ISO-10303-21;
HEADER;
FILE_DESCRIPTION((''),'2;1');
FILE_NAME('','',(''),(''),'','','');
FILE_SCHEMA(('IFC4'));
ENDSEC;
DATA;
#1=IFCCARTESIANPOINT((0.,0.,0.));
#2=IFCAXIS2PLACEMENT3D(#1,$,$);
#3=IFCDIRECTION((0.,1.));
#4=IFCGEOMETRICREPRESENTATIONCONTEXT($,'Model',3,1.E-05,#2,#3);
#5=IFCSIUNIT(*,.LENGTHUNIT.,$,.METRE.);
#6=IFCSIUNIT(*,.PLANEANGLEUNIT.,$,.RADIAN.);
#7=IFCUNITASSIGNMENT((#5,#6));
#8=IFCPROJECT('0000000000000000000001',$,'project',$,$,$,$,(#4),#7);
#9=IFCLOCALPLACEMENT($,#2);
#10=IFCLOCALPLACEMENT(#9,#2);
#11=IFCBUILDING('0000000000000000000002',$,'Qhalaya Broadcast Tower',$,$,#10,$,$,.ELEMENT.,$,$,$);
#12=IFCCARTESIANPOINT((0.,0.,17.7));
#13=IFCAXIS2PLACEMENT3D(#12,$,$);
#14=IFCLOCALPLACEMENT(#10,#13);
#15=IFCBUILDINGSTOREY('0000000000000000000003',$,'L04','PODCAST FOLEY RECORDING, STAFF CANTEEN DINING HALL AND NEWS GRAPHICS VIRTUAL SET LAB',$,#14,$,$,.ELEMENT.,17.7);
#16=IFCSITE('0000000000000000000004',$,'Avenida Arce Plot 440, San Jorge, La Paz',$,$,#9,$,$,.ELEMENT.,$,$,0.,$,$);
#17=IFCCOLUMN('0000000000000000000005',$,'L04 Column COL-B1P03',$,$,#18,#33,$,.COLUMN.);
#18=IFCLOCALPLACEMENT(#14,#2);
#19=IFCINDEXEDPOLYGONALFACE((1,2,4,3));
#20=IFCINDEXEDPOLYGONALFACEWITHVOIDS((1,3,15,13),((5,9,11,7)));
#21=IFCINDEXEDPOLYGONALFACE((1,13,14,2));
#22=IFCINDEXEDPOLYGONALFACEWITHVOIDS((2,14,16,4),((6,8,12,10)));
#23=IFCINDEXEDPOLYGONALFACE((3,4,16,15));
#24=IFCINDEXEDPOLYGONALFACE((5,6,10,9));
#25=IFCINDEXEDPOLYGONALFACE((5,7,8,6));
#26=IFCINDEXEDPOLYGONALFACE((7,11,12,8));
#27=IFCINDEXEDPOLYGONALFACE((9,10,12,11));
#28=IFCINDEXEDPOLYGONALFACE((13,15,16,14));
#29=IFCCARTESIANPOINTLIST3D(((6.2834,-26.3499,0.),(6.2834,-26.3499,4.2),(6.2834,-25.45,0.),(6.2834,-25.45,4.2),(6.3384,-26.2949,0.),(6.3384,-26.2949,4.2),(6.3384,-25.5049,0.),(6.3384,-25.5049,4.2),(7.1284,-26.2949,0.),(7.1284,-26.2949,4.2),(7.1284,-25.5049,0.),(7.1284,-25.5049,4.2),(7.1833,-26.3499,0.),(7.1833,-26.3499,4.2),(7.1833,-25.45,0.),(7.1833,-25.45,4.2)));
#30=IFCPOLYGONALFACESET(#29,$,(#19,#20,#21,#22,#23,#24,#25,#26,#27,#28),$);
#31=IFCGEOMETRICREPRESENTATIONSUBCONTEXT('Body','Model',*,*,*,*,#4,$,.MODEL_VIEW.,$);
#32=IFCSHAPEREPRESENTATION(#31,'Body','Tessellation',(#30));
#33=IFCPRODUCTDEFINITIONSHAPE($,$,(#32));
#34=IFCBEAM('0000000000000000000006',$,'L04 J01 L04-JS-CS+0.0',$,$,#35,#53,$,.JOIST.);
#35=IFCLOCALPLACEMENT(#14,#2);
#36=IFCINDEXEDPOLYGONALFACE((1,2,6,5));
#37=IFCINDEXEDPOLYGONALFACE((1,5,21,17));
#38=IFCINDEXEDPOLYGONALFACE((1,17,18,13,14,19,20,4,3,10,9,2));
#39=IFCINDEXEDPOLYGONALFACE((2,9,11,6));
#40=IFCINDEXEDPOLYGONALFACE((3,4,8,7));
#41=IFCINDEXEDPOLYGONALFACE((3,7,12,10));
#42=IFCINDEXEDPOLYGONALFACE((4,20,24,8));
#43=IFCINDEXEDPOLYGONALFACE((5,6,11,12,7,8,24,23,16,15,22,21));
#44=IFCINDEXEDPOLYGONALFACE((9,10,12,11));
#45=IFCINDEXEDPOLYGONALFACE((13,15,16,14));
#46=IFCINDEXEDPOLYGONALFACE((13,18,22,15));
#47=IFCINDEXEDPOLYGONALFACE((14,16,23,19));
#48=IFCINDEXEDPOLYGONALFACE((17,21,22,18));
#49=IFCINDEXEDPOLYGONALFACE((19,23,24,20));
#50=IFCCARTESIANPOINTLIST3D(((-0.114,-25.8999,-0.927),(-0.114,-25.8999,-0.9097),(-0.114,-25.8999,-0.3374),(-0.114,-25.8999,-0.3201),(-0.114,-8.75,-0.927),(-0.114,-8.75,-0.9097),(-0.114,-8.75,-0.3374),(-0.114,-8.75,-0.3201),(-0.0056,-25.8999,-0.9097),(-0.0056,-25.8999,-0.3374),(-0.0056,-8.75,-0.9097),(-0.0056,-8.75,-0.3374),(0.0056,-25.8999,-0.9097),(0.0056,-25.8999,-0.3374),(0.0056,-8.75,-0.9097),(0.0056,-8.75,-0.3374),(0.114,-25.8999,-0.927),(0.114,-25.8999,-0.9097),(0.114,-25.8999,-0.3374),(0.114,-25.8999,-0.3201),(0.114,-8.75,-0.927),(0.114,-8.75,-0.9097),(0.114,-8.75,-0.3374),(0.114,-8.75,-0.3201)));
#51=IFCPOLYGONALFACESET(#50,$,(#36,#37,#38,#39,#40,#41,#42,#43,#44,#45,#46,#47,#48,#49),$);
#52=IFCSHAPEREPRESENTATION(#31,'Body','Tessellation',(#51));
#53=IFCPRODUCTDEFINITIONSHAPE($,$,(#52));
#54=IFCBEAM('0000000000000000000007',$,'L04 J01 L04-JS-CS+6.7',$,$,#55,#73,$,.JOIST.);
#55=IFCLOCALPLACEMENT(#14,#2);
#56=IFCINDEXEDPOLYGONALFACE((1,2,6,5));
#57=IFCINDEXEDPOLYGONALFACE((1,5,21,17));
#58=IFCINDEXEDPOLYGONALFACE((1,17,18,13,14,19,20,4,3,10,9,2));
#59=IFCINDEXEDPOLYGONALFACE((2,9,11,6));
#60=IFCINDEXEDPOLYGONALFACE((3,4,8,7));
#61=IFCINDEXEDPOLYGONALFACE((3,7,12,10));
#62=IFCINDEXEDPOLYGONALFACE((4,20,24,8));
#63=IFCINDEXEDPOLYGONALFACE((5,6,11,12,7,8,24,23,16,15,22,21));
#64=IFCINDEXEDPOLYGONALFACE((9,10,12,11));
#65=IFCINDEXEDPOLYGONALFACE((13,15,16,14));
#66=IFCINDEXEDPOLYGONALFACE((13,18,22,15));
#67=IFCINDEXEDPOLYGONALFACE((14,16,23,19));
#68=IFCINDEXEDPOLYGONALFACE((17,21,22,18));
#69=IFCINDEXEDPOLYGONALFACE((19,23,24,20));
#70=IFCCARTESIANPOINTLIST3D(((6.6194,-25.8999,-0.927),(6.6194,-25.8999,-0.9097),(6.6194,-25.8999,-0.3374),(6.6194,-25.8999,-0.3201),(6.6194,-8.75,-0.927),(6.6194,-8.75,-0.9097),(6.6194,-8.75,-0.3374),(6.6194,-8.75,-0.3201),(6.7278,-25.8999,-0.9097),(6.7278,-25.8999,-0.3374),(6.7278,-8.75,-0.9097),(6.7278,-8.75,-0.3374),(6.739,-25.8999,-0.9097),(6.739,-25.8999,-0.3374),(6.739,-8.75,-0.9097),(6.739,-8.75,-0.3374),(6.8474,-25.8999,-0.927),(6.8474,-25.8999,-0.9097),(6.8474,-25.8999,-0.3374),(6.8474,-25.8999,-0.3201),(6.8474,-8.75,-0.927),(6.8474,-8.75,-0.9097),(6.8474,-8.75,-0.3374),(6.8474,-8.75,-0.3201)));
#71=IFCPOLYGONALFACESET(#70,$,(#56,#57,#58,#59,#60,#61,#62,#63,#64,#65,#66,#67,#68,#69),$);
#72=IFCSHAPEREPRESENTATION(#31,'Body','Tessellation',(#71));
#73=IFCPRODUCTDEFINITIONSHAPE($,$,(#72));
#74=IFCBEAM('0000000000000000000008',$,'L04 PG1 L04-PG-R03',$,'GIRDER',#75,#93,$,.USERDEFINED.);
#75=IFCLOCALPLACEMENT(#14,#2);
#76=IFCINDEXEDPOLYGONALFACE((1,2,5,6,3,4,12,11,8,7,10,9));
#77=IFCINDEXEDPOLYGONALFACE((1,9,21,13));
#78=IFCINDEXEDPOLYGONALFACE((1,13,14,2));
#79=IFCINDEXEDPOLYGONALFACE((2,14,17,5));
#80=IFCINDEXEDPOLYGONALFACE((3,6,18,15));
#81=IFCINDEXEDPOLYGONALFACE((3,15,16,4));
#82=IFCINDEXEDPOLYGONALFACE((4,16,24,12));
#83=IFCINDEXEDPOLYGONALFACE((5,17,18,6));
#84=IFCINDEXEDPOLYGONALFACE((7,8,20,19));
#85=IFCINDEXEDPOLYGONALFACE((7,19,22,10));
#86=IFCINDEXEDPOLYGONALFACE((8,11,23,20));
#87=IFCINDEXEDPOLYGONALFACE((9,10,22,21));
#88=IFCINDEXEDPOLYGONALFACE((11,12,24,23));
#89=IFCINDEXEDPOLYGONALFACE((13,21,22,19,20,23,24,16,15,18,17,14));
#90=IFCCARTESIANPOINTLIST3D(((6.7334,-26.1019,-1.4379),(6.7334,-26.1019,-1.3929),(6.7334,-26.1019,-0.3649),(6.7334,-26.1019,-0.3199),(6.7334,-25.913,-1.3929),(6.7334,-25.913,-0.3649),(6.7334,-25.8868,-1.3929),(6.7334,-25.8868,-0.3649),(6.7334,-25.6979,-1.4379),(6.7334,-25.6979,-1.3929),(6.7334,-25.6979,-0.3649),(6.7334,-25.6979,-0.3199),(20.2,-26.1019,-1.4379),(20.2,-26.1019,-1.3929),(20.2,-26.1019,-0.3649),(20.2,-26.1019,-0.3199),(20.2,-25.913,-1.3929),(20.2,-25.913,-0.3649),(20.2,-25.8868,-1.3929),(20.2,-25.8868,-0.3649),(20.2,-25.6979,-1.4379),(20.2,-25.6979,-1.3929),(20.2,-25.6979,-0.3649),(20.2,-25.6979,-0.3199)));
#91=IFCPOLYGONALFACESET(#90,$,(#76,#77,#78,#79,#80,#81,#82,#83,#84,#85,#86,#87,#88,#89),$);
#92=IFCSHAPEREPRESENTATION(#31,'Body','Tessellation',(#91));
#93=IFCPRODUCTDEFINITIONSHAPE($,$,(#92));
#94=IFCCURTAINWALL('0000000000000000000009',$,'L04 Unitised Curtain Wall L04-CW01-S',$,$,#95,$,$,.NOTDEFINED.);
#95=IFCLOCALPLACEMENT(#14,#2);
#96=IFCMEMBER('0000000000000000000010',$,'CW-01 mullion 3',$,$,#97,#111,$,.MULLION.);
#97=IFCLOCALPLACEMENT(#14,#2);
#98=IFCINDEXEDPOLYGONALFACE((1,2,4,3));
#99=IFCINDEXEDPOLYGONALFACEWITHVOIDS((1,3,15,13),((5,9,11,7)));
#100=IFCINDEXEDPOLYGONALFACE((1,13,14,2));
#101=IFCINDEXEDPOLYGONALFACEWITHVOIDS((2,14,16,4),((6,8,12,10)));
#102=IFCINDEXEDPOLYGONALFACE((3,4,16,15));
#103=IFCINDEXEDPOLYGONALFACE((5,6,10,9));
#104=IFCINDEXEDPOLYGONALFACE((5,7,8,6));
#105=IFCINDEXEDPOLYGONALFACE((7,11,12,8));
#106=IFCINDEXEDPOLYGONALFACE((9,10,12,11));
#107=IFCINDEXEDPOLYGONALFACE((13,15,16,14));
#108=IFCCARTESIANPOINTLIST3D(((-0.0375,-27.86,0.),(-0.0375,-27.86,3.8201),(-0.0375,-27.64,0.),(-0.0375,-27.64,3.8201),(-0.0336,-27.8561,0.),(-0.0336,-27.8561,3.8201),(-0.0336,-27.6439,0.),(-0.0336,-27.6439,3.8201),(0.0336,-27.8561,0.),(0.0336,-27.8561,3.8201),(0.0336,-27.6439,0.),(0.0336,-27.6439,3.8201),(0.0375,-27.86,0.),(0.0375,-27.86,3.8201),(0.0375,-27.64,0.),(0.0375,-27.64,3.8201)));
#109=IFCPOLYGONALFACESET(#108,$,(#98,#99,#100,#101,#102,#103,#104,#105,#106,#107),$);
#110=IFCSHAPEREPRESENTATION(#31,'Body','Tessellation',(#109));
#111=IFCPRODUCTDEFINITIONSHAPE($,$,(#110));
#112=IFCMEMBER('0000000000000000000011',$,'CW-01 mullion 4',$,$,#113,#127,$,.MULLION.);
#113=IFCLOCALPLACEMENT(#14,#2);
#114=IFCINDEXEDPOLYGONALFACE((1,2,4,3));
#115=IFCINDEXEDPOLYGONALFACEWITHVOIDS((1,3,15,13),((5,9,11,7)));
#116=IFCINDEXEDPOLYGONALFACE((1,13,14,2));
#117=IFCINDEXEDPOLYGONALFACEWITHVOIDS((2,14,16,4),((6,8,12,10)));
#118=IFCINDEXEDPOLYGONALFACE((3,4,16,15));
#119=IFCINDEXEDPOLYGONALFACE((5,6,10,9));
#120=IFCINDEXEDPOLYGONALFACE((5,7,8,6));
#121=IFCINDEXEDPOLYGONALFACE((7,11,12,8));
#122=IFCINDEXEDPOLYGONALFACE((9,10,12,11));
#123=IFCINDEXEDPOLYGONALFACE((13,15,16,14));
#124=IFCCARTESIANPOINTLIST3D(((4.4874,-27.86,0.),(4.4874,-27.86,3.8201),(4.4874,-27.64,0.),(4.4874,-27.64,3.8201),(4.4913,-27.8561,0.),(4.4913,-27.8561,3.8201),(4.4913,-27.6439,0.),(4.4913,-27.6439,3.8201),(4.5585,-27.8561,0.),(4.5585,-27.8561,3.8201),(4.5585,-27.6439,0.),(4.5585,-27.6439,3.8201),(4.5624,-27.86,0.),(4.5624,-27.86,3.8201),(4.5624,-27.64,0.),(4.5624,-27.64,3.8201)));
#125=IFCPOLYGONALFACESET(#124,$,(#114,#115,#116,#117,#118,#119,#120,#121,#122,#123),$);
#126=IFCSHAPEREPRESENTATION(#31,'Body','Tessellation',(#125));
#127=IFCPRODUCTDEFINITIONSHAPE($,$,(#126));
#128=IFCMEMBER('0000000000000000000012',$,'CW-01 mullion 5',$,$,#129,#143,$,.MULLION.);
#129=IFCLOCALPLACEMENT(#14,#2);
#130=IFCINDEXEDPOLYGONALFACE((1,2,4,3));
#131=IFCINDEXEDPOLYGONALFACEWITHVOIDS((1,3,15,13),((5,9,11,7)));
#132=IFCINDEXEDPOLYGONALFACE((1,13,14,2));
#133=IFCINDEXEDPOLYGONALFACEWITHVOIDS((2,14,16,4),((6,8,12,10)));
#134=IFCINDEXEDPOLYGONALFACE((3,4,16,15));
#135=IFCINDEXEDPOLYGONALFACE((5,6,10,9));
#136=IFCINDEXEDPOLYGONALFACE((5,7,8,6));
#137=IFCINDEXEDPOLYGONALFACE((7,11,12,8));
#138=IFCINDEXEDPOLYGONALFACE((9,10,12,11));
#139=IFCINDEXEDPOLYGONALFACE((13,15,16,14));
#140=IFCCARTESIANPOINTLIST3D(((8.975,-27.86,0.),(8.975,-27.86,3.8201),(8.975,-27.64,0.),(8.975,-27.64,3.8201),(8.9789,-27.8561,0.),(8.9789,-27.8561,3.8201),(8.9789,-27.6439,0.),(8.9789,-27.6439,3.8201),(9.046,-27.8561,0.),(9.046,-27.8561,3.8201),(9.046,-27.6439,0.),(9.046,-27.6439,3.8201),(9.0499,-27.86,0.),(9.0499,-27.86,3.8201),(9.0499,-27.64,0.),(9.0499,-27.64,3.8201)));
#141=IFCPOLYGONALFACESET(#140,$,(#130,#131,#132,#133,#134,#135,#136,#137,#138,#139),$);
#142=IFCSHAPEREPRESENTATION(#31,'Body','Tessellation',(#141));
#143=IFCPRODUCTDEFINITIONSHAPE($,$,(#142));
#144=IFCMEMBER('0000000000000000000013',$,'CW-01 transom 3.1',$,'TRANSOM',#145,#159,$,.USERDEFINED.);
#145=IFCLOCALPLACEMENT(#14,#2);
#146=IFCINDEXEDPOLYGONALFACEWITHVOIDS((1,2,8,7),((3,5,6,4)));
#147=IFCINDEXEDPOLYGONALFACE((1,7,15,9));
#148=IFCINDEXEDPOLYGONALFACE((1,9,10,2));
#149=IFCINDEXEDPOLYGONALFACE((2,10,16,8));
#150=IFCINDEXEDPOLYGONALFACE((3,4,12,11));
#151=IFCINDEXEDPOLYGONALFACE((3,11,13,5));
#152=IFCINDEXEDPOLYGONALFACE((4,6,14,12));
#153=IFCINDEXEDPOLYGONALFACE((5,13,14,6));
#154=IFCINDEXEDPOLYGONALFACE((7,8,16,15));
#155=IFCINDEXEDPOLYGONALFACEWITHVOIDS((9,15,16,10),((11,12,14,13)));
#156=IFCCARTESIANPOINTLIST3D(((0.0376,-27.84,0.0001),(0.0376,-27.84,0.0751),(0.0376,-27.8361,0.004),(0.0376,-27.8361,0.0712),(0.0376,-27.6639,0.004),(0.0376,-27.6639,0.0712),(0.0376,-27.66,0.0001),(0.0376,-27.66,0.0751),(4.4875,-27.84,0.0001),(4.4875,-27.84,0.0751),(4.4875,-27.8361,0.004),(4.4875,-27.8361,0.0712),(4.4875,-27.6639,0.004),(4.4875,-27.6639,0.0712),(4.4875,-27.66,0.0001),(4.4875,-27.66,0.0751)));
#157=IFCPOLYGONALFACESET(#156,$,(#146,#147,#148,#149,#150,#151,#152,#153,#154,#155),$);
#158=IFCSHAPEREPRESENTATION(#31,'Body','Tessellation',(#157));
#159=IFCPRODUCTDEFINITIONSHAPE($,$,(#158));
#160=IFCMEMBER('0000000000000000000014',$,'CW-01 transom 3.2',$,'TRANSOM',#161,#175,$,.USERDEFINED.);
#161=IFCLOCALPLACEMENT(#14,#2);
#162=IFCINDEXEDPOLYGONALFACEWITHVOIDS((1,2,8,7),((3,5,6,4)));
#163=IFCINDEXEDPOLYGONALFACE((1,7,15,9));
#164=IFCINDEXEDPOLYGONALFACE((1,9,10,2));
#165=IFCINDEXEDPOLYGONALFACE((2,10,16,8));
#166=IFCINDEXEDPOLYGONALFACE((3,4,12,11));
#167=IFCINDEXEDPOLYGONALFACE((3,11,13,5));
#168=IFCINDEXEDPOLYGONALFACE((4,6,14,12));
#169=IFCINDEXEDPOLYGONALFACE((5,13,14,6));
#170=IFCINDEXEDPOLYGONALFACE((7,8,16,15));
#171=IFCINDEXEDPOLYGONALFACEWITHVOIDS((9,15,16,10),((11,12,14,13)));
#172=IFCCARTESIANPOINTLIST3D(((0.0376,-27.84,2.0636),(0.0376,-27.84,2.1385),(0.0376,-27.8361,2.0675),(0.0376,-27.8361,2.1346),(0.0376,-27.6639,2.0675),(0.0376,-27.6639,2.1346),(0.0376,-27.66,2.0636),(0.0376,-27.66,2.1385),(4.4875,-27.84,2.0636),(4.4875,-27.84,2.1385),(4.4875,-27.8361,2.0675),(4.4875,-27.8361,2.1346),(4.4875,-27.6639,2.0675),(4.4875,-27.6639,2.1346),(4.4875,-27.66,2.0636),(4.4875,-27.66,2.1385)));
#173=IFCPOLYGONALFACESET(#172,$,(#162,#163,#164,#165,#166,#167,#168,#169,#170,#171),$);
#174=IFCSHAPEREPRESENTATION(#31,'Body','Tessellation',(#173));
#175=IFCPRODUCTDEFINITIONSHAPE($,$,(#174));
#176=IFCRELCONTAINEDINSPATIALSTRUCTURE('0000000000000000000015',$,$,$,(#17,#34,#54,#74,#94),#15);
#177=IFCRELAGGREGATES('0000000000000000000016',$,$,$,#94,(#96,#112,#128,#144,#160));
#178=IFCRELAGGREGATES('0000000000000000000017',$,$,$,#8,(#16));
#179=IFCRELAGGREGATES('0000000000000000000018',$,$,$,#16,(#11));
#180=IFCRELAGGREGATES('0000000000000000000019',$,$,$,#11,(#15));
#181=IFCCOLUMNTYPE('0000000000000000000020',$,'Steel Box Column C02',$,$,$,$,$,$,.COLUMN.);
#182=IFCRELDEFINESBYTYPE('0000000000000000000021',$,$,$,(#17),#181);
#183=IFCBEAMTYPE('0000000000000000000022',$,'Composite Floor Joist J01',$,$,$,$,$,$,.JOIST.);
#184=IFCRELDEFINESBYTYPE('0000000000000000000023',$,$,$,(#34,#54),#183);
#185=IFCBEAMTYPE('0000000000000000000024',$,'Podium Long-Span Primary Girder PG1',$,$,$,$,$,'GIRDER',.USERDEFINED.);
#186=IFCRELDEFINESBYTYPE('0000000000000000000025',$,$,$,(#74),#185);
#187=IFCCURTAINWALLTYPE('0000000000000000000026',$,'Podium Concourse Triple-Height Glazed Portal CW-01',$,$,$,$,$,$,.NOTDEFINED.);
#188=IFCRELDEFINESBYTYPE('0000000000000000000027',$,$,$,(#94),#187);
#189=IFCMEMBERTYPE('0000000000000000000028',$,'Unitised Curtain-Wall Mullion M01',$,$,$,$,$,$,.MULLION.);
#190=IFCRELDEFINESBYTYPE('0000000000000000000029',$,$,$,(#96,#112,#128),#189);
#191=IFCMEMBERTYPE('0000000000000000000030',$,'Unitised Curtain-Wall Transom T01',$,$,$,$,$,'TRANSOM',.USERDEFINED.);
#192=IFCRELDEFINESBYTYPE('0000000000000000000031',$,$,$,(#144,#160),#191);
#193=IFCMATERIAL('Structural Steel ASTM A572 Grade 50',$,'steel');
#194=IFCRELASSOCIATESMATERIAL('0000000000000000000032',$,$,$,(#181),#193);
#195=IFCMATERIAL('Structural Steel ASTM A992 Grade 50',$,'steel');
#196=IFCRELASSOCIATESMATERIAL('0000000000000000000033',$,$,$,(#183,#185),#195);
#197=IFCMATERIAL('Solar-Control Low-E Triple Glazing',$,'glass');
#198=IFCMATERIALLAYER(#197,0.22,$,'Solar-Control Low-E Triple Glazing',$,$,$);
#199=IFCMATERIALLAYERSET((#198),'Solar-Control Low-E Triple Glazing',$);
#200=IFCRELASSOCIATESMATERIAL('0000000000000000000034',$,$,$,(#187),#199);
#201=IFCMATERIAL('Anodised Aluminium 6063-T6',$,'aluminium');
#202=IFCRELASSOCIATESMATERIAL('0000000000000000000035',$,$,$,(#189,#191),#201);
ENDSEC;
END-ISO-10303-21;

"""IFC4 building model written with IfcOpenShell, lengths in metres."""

from ifc_helpers import new_model, si_unit, direction, frame, origin, origin_2d, place, context, subcontext, project, spatial, hollow_rectangle, i_section, extrude, material, layer, layer_set, material_profile, profile_set, type_object, element, aggregate, save


model = new_model("IFC4")

# Units and contexts
model_context = context("Model", 3, precision=1e-05, world=origin(), true_north=direction((0.0, 1.0)))
body_context = subcontext(model_context, "Body", "Model", "MODEL_VIEW")
ifc_project = project(units=[si_unit("LENGTHUNIT", "METRE"), si_unit("PLANEANGLEUNIT", "RADIAN")], contexts=[model_context])

# Site, building, storey
site_placement = place(None, origin())
site = spatial("IfcSite", under=ifc_project, at=site_placement, Name="Avenida Arce Plot 440, San Jorge, La Paz", CompositionType="ELEMENT", RefElevation=0.0)
building_placement = place(site_placement, origin())
building = spatial("IfcBuilding", under=site, at=building_placement, Name="Qhalaya Broadcast Tower", CompositionType="ELEMENT")
storey_placement = place(building_placement, frame((0.0, 0.0, 17.7)))
storey = spatial("IfcBuildingStorey", under=building, at=storey_placement, Name="L04", Description="PODCAST FOLEY RECORDING, STAFF CANTEEN DINING HALL AND NEWS GRAPHICS VIRTUAL SET LAB", CompositionType="ELEMENT", Elevation=17.7)

# Column
ifc_material_1 = material(Name="Structural Steel ASTM A572 Grade 50", Category="steel")
ifc_material_profile_1 = material_profile(ifc_material_1, hollow_rectangle(XDim=0.8999, YDim=0.8999, WallThickness=0.0549, at=origin_2d()), Name="BOX 900x900x55")
ifc_profile_set_1 = profile_set([ifc_material_profile_1], Name="Structural Steel ASTM A572 Grade 50")
column_type = type_object("IfcColumnType", Name="Steel Box Column C02", PredefinedType="COLUMN", material=ifc_profile_set_1)
column_placement = place(storey_placement, frame((6.7334, -25.8999, 0.0), z_axis=(0.0, 0.0, 1.0), x_axis=(1.0, 0.0, 0.0)))
element("IfcColumn", 1, at=column_placement, inside=storey, type_object=column_type, Name="L04 Column COL-B1P03", PredefinedType="COLUMN", context=body_context, shape_type="SweptSolid", body=[
    extrude(hollow_rectangle(XDim=0.8999, YDim=0.8999, WallThickness=0.0549, at=origin_2d()), origin(), (0.0, 0.0, 1.0), 4.2),
])

# Beams
ifc_material_2 = material(Name="Structural Steel ASTM A992 Grade 50", Category="steel")
ifc_material_profile_2 = material_profile(ifc_material_2, i_section(OverallWidth=0.228, OverallDepth=0.6069, WebThickness=0.0112, FlangeThickness=0.0173, at=origin_2d()), Name="W24X76")
ifc_profile_set_2 = profile_set([ifc_material_profile_2], Name="Structural Steel ASTM A992 Grade 50")
beam_type_1 = type_object("IfcBeamType", Name="Composite Floor Joist J01", PredefinedType="JOIST", material=ifc_profile_set_2)
for number, where, z_axis, x_axis, name in (
    (2, (0.0, -25.8999, -0.6235), (0.0, 1.0, 0.0), (-1.0, 0.0, 0.0), "L04 J01 L04-JS-CS+0.0"),
    (3, (6.7334, -25.8999, -0.6235), (0.0, 1.0, 0.0), (-1.0, 0.0, 0.0), "L04 J01 L04-JS-CS+6.7"),
):
    element("IfcBeam", number, at=place(storey_placement, frame(where, z_axis=z_axis, x_axis=x_axis)), inside=storey, type_object=beam_type_1, Name=name, PredefinedType="JOIST", context=body_context, shape_type="SweptSolid", body=[
        extrude(i_section(OverallWidth=0.228, OverallDepth=0.6069, WebThickness=0.0112, FlangeThickness=0.0173, at=origin_2d()), origin(), (0.0, 0.0, 1.0), 17.1499),
    ])
ifc_material_profile_3 = material_profile(ifc_material_2, i_section(OverallWidth=0.4041, OverallDepth=1.1179, WebThickness=0.0261, FlangeThickness=0.0449, at=origin_2d()), Name="W44X335")
ifc_profile_set_3 = profile_set([ifc_material_profile_3], Name="Structural Steel ASTM A992 Grade 50")
beam_type_2 = type_object("IfcBeamType", Name="Podium Long-Span Primary Girder PG1", ElementType="GIRDER", PredefinedType="USERDEFINED", material=ifc_profile_set_3)
beam_placement = place(storey_placement, frame((6.7334, -25.8999, -0.8789), z_axis=(1.0, 0.0, 0.0), x_axis=(0.0, 1.0, 0.0)))
element("IfcBeam", 4, at=beam_placement, inside=storey, type_object=beam_type_2, Name="L04 PG1 L04-PG-R03", ObjectType="GIRDER", PredefinedType="USERDEFINED", context=body_context, shape_type="SweptSolid", body=[
    extrude(i_section(OverallWidth=0.4041, OverallDepth=1.1179, WebThickness=0.0261, FlangeThickness=0.0449, at=origin_2d()), origin(), (0.0, 0.0, 1.0), 13.4666),
])

# Curtain wall, members
ifc_material_3 = material(Name="Solar-Control Low-E Triple Glazing", Category="glass")
ifc_layer_1 = layer(ifc_material_3, 0.22, Name="Solar-Control Low-E Triple Glazing")
ifc_layer_set_1 = layer_set([ifc_layer_1], Name="Solar-Control Low-E Triple Glazing")
curtain_wall_type = type_object("IfcCurtainWallType", Name="Podium Concourse Triple-Height Glazed Portal CW-01", PredefinedType="NOTDEFINED", material=ifc_layer_set_1)
curtain_wall_placement = place(storey_placement, origin())
curtain_wall = element("IfcCurtainWall", 5, at=curtain_wall_placement, inside=storey, type_object=curtain_wall_type, Name="L04 Unitised Curtain Wall L04-CW01-S", PredefinedType="NOTDEFINED")
ifc_material_4 = material(Name="Anodised Aluminium 6063-T6", Category="aluminium")
ifc_material_profile_4 = material_profile(ifc_material_4, hollow_rectangle(XDim=0.075, YDim=0.22, WallThickness=0.0039, at=origin_2d()), Name="ALU-MUL 75x220x4")
ifc_profile_set_4 = profile_set([ifc_material_profile_4], Name="Anodised Aluminium 6063-T6")
member_type_1 = type_object("IfcMemberType", Name="Unitised Curtain-Wall Mullion M01", PredefinedType="MULLION", material=ifc_profile_set_4)
member_1_placement = place(storey_placement, frame((0.0, -27.75, 0.0), z_axis=(0.0, 0.0, 1.0), x_axis=(1.0, 0.0, 0.0)))
member_1 = element("IfcMember", 6, at=member_1_placement, type_object=member_type_1, Name="CW-01 mullion 3", PredefinedType="MULLION", context=body_context, shape_type="SweptSolid", body=[
    extrude(hollow_rectangle(XDim=0.075, YDim=0.22, WallThickness=0.0039, at=origin_2d()), origin(), (0.0, 0.0, 1.0), 3.8201),
])
member_2_placement = place(storey_placement, frame((4.5249, -27.75, 0.0), z_axis=(0.0, 0.0, 1.0), x_axis=(1.0, 0.0, 0.0)))
member_2 = element("IfcMember", 7, at=member_2_placement, type_object=member_type_1, Name="CW-01 mullion 4", PredefinedType="MULLION", context=body_context, shape_type="SweptSolid", body=[
    extrude(hollow_rectangle(XDim=0.075, YDim=0.22, WallThickness=0.0039, at=origin_2d()), origin(), (0.0, 0.0, 1.0), 3.8201),
])
member_3_placement = place(storey_placement, frame((9.0125, -27.75, 0.0), z_axis=(0.0, 0.0, 1.0), x_axis=(1.0, 0.0, 0.0)))
member_3 = element("IfcMember", 8, at=member_3_placement, type_object=member_type_1, Name="CW-01 mullion 5", PredefinedType="MULLION", context=body_context, shape_type="SweptSolid", body=[
    extrude(hollow_rectangle(XDim=0.075, YDim=0.22, WallThickness=0.0039, at=origin_2d()), origin(), (0.0, 0.0, 1.0), 3.8201),
])
ifc_material_profile_5 = material_profile(ifc_material_4, hollow_rectangle(XDim=0.075, YDim=0.1799, WallThickness=0.0039, at=origin_2d()), Name="ALU-TRN 75x180x4")
ifc_profile_set_5 = profile_set([ifc_material_profile_5], Name="Anodised Aluminium 6063-T6")
member_type_2 = type_object("IfcMemberType", Name="Unitised Curtain-Wall Transom T01", ElementType="TRANSOM", PredefinedType="USERDEFINED", material=ifc_profile_set_5)
member_4_placement = place(storey_placement, frame((0.0376, -27.75, 0.0376), z_axis=(1.0, 0.0, 0.0), x_axis=(0.0, 0.0, 1.0)))
member_4 = element("IfcMember", 9, at=member_4_placement, type_object=member_type_2, Name="CW-01 transom 3.1", ObjectType="TRANSOM", PredefinedType="USERDEFINED", context=body_context, shape_type="SweptSolid", body=[
    extrude(hollow_rectangle(XDim=0.075, YDim=0.1799, WallThickness=0.0039, at=origin_2d()), origin(), (0.0, 0.0, 1.0), 4.45),
])
member_5_placement = place(storey_placement, frame((0.0376, -27.75, 2.1011), z_axis=(1.0, 0.0, 0.0), x_axis=(0.0, 0.0, 1.0)))
member_5 = element("IfcMember", 10, at=member_5_placement, type_object=member_type_2, Name="CW-01 transom 3.2", ObjectType="TRANSOM", PredefinedType="USERDEFINED", context=body_context, shape_type="SweptSolid", body=[
    extrude(hollow_rectangle(XDim=0.075, YDim=0.1799, WallThickness=0.0039, at=origin_2d()), origin(), (0.0, 0.0, 1.0), 4.45),
])
aggregate(curtain_wall, [member_1, member_2, member_3, member_4, member_5])

save(model, "model.ifc")
